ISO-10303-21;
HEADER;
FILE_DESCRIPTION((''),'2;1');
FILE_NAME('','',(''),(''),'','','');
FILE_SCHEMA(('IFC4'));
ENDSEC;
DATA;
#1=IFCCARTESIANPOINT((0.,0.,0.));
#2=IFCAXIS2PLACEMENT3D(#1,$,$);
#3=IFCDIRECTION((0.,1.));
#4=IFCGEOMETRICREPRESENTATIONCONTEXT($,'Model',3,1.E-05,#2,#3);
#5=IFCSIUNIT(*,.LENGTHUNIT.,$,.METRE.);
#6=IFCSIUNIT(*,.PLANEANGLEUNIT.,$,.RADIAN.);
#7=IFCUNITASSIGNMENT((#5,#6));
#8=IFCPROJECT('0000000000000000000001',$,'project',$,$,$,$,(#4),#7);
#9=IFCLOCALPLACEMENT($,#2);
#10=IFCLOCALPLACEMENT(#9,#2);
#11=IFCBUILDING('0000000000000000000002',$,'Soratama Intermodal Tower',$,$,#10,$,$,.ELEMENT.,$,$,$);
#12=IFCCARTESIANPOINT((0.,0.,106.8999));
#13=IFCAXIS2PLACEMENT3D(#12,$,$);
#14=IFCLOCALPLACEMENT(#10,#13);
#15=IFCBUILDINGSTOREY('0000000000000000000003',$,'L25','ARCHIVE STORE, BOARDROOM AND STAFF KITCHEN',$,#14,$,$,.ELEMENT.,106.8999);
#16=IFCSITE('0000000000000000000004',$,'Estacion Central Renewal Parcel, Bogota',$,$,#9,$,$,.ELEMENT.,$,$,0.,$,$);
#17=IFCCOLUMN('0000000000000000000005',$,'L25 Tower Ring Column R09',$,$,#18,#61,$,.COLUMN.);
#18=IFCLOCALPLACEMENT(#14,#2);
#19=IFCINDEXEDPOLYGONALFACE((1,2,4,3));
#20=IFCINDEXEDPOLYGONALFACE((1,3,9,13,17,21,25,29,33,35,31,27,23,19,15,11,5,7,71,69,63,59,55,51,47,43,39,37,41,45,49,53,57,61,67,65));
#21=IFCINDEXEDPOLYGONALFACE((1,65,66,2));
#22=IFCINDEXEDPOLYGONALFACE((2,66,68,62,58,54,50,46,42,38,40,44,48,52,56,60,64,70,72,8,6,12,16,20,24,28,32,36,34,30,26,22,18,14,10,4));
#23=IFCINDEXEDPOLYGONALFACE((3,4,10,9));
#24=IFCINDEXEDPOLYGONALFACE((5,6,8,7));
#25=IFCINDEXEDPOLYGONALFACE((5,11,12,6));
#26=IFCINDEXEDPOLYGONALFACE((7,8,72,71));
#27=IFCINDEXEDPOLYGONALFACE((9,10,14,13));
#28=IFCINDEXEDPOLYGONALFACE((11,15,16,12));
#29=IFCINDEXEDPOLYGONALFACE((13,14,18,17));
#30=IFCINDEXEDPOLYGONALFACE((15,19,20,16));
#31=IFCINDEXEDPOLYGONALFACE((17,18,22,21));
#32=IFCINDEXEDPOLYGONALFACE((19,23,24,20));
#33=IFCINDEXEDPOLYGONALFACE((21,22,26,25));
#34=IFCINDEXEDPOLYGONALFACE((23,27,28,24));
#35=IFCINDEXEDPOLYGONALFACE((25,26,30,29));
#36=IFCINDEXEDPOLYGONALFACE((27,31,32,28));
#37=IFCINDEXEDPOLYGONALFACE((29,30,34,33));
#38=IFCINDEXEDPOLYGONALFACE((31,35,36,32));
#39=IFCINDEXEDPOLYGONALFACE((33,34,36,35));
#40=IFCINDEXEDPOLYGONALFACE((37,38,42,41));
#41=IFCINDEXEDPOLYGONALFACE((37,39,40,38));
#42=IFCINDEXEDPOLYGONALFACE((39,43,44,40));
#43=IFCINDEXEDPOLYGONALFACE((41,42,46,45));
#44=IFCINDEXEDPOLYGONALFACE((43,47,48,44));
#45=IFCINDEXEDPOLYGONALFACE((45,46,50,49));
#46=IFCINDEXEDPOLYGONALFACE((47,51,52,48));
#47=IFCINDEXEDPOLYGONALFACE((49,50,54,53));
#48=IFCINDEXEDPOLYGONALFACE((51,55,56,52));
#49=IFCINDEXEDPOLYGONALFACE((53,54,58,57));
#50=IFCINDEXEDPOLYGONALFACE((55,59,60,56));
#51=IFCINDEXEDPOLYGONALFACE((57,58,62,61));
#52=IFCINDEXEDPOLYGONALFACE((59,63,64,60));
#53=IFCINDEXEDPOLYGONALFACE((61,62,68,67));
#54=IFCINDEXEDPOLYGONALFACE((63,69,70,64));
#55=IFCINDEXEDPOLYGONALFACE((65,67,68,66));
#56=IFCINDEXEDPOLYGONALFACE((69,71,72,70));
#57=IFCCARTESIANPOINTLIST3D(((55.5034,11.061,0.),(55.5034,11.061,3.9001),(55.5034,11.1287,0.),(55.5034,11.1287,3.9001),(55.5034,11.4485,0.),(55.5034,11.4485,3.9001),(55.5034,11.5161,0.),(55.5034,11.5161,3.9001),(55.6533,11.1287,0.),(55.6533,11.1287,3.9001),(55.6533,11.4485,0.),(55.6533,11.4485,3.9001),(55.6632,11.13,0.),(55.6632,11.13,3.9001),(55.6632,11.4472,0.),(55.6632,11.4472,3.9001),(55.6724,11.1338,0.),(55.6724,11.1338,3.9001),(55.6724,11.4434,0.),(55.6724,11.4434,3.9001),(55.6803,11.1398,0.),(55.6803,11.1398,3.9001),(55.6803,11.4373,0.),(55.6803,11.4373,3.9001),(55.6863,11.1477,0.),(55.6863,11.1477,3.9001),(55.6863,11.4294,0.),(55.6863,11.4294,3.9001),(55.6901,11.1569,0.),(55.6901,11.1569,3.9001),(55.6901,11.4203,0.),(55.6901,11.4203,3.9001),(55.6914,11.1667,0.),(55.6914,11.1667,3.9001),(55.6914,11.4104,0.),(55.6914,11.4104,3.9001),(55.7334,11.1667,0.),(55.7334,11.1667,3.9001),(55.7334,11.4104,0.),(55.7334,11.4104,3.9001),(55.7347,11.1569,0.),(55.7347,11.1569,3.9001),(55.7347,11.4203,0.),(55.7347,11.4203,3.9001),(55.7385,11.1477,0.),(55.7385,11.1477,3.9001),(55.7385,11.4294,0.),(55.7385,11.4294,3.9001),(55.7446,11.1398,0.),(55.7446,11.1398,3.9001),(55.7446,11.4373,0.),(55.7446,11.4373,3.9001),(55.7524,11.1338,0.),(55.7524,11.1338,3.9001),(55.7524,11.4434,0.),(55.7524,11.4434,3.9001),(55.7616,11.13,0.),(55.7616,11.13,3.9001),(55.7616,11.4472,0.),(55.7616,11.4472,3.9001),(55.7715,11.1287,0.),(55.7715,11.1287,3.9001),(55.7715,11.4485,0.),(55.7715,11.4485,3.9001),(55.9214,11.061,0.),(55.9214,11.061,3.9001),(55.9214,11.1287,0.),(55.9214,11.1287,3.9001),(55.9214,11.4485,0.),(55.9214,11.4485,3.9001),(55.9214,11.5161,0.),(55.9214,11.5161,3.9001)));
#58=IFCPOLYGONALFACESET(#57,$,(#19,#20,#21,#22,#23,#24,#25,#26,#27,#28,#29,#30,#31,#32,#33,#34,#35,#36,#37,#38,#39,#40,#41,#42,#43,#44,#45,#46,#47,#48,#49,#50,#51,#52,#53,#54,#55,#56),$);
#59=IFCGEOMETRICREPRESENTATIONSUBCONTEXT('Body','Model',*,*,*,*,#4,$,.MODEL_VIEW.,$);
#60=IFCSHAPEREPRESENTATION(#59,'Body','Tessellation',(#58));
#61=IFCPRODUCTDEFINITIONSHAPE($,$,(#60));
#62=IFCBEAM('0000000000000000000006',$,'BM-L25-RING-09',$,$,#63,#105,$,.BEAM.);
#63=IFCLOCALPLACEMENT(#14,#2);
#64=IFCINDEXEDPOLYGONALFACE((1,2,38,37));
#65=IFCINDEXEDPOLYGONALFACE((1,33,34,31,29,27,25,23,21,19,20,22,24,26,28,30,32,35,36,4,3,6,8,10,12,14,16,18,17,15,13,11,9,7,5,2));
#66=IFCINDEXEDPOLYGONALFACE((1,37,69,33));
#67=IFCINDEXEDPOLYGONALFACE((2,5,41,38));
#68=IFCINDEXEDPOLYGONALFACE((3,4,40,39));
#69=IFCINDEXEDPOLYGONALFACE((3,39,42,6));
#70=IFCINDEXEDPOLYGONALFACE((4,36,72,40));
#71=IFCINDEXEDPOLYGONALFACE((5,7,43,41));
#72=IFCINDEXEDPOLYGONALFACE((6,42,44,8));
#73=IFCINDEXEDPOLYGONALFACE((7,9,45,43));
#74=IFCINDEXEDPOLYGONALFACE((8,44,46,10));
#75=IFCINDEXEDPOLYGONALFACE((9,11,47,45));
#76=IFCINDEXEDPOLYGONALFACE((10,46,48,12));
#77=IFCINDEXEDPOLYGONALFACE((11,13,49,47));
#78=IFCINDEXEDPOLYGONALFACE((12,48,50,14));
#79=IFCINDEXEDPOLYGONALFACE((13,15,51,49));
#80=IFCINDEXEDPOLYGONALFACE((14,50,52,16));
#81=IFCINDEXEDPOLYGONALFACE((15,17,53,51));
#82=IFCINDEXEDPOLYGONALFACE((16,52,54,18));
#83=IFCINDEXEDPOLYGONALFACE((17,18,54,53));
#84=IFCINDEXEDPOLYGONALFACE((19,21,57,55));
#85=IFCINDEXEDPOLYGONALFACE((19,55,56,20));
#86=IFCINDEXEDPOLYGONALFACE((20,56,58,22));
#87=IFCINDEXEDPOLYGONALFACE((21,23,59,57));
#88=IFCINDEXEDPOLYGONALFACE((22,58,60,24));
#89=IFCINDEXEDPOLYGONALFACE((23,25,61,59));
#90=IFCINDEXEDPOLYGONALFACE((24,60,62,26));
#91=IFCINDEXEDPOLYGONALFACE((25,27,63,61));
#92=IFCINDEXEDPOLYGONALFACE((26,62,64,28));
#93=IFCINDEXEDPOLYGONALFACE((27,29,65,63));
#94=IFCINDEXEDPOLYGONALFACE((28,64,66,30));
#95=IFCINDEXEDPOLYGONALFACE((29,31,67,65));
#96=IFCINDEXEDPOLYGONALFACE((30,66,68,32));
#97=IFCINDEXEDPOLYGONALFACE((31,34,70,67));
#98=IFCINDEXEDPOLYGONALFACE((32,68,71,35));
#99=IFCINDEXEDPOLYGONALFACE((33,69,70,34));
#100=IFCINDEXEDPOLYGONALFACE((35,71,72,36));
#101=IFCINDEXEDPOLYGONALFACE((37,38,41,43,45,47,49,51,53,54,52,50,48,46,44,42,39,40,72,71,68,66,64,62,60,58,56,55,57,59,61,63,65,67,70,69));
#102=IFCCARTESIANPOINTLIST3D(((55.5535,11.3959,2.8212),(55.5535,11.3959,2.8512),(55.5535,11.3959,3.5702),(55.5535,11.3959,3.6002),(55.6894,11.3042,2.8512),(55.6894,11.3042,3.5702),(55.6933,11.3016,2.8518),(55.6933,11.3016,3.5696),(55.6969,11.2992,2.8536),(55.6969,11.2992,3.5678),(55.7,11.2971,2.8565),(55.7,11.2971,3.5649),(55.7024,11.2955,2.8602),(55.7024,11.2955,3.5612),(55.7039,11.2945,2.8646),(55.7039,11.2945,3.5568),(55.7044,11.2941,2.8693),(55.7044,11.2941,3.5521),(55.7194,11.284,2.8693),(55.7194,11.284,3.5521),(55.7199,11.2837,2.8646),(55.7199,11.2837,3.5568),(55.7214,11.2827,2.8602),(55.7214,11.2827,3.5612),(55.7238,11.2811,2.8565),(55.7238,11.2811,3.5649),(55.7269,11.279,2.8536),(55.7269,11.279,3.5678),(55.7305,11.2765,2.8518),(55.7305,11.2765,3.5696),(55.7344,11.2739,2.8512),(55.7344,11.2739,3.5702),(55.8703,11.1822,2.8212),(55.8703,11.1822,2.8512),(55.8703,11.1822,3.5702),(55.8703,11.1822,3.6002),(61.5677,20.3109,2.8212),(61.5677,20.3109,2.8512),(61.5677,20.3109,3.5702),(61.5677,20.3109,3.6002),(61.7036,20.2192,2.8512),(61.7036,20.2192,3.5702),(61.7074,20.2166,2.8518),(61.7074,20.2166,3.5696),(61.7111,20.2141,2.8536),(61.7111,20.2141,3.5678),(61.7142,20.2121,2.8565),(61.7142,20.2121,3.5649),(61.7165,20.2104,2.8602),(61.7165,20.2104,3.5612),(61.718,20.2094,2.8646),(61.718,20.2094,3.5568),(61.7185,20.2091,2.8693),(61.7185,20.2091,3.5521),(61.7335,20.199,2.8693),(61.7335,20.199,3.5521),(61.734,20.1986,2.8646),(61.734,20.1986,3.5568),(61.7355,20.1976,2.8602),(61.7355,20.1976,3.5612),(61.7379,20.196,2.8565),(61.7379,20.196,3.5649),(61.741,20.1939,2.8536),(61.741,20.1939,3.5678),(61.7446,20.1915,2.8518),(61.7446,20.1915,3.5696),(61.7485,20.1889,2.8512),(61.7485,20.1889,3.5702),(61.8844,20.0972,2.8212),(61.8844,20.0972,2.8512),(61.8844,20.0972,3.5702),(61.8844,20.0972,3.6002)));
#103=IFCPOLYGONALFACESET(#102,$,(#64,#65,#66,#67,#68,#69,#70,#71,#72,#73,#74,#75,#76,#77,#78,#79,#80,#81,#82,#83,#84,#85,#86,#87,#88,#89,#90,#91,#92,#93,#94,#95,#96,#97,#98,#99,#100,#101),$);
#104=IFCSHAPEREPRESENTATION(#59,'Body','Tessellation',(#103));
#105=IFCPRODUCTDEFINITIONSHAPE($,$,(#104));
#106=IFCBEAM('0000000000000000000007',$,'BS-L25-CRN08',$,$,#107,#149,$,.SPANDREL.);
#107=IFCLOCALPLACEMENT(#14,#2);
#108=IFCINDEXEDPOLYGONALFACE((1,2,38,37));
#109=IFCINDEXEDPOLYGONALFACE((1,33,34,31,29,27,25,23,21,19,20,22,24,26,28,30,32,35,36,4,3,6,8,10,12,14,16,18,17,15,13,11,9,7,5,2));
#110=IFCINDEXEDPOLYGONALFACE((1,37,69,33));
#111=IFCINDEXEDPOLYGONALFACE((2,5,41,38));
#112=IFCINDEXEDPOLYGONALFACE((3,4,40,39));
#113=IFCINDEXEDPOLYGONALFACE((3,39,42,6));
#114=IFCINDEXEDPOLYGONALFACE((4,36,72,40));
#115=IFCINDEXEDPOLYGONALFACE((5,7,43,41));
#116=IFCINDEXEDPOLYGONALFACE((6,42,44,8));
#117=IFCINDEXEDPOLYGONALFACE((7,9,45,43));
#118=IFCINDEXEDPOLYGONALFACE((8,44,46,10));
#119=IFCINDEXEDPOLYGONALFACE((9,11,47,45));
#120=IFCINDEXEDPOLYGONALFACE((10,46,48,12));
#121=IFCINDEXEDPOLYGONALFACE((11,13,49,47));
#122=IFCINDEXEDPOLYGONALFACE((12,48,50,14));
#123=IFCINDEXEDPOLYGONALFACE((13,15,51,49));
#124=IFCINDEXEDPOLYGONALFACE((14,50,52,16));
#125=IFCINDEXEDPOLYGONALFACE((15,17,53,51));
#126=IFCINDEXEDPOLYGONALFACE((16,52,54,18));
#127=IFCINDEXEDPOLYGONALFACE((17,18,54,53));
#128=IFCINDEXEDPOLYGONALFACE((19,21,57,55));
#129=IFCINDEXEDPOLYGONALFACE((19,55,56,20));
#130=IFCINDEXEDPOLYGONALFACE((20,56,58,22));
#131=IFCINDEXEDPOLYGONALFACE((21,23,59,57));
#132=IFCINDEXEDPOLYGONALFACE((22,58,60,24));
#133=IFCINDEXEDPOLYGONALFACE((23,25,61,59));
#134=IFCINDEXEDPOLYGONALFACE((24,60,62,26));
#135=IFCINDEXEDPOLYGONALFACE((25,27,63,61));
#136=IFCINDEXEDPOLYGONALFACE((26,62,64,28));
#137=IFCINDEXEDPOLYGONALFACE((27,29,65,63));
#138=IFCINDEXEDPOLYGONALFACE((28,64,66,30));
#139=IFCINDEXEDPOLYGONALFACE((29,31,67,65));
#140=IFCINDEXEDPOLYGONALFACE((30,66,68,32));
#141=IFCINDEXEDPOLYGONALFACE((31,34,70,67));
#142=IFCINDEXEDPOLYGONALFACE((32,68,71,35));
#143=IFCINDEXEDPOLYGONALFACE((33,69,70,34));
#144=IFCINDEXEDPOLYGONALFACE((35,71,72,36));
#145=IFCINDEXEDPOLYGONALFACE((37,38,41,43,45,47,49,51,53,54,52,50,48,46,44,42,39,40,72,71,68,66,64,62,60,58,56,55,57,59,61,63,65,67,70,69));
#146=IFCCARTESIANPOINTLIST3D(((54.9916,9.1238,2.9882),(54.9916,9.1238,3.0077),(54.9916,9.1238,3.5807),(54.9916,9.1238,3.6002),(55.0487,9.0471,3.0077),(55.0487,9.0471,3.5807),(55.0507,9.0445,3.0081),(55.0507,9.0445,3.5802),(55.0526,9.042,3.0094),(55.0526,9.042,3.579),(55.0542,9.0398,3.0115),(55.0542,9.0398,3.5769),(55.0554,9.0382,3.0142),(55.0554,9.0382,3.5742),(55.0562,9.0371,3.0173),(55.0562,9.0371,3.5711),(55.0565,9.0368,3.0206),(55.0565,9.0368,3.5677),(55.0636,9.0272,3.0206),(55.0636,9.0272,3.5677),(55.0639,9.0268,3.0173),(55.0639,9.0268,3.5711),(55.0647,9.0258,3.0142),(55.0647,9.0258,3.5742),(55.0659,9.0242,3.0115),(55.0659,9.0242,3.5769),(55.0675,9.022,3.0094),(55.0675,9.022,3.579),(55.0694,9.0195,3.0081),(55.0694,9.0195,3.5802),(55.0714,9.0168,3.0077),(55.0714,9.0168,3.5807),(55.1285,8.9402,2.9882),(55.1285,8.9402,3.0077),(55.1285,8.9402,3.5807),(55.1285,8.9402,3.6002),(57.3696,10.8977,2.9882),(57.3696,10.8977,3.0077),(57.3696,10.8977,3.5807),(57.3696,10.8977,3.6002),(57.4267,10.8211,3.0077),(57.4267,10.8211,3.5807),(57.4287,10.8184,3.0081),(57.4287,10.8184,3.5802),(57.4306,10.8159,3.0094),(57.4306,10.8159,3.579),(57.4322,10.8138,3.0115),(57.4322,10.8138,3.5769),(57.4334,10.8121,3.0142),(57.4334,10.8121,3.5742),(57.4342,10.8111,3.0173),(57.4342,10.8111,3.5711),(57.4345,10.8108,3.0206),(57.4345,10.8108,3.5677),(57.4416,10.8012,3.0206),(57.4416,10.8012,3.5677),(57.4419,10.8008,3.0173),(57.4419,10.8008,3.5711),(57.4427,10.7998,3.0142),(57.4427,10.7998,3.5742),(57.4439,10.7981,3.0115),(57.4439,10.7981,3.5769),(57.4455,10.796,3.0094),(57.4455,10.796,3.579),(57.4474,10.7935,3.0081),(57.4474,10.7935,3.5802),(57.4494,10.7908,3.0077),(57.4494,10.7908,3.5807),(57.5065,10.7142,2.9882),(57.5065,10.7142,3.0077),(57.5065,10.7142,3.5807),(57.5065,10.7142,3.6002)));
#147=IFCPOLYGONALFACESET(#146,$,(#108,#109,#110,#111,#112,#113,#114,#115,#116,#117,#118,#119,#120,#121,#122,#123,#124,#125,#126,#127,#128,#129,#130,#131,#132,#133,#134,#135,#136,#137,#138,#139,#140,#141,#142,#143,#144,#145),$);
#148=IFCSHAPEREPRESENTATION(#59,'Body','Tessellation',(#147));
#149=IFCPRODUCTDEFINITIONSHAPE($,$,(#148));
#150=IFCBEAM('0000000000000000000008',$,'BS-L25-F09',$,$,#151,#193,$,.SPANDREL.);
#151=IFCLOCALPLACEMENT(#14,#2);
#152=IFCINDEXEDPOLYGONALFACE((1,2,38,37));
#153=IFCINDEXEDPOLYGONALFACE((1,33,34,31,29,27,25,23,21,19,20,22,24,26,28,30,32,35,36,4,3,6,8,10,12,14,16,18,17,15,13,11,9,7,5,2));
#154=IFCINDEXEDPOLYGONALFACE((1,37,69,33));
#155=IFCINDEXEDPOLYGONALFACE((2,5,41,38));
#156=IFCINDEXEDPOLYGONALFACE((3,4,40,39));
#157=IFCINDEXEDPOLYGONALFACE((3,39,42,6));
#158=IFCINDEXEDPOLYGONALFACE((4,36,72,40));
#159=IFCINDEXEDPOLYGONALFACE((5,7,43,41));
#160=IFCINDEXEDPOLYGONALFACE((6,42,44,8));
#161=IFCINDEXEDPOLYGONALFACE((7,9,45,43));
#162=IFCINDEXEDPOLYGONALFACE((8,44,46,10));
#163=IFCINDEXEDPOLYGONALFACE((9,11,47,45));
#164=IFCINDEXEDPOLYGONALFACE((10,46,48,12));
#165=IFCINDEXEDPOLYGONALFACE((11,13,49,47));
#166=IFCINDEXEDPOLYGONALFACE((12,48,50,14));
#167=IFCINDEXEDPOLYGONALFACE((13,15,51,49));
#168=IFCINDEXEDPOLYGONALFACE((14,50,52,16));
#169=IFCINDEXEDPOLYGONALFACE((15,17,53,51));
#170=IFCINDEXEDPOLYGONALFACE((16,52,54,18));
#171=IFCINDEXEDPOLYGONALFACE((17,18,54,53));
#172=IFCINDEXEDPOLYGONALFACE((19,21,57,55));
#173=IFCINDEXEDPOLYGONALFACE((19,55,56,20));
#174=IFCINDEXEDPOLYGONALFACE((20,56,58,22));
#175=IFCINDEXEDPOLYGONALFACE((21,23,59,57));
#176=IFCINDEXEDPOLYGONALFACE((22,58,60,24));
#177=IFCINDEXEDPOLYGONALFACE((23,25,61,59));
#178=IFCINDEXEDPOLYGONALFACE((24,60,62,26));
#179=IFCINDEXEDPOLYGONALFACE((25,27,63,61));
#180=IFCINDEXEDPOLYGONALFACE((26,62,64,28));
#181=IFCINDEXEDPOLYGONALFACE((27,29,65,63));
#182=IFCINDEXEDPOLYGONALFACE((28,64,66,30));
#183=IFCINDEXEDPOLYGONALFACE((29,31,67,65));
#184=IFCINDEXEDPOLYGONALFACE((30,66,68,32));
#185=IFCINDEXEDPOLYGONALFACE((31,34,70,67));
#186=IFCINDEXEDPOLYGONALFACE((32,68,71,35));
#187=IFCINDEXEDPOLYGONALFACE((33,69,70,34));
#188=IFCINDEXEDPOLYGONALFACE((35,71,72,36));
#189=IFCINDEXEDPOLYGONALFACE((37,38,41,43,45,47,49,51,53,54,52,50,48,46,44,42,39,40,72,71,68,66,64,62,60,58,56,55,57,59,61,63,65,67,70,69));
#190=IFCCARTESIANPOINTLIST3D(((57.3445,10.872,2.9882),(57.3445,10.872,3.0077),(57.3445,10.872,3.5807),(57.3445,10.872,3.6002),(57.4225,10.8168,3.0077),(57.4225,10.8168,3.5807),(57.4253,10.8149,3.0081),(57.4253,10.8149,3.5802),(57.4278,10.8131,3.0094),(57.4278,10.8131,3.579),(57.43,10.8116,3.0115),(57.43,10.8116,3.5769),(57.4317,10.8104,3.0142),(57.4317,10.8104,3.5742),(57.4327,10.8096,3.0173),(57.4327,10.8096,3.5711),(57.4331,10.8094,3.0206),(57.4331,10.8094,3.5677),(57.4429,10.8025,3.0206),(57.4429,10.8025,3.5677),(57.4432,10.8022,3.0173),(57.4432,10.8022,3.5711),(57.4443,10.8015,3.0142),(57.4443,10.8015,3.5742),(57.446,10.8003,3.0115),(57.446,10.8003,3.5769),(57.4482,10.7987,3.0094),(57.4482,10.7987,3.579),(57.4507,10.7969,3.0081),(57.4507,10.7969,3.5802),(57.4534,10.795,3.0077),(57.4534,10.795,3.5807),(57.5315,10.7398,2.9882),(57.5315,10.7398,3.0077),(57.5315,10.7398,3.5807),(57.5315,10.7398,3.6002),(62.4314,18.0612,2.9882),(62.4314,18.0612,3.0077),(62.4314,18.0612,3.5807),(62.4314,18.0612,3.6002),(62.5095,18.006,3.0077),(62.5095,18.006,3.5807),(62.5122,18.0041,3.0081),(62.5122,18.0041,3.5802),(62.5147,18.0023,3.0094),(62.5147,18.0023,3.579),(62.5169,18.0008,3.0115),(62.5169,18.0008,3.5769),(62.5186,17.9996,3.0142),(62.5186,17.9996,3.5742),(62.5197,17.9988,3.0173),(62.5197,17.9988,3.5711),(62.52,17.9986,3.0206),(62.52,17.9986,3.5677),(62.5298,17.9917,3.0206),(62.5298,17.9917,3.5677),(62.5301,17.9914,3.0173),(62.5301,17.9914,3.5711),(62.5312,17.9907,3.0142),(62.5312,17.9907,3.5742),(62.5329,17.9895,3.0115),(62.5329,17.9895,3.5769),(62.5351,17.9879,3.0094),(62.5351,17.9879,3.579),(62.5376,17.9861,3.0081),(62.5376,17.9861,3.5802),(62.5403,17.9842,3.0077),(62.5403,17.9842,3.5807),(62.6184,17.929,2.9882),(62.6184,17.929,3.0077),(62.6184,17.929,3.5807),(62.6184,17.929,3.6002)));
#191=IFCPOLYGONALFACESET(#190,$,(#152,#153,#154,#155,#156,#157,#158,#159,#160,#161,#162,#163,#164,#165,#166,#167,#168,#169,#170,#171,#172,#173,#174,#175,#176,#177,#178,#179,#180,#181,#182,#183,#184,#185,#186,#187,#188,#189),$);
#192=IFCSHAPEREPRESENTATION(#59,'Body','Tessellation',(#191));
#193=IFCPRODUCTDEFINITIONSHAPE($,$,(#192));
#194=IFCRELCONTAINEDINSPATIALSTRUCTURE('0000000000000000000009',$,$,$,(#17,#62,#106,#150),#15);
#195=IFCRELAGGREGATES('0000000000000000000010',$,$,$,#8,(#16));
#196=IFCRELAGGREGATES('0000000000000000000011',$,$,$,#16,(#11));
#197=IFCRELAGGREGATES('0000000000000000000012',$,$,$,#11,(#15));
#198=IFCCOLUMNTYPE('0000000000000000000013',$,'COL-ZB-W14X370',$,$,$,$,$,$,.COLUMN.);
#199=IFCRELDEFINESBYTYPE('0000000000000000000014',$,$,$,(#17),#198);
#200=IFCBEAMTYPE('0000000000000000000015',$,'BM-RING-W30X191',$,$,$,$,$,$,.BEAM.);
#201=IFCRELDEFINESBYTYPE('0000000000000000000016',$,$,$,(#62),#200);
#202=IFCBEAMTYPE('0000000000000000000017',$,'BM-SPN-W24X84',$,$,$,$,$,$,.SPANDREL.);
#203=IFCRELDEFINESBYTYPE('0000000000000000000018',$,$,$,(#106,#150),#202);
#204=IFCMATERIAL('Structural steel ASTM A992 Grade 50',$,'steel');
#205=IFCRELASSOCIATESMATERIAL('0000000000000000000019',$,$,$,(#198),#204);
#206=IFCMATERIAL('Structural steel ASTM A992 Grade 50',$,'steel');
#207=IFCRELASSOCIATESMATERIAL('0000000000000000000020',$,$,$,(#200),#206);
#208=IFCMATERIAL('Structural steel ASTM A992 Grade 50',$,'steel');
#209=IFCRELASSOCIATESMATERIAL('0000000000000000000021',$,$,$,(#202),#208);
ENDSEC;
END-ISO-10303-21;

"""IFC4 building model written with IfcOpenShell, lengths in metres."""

from ifc_helpers import new_model, si_unit, direction, frame, origin, origin_2d, place, context, subcontext, project, spatial, i_section, extrude, material, material_profile, profile_set, type_object, element, save


model = new_model("IFC4")

# Units and contexts
model_context = context("Model", 3, precision=1e-05, world=origin(), true_north=direction((0.0, 1.0)))
body_context = subcontext(model_context, "Body", "Model", "MODEL_VIEW")
ifc_project = project(units=[si_unit("LENGTHUNIT", "METRE"), si_unit("PLANEANGLEUNIT", "RADIAN")], contexts=[model_context])

# Site, building, storey
site_placement = place(None, origin())
site = spatial("IfcSite", under=ifc_project, at=site_placement, Name="Estacion Central Renewal Parcel, Bogota", CompositionType="ELEMENT", RefElevation=0.0)
building_placement = place(site_placement, origin())
building = spatial("IfcBuilding", under=site, at=building_placement, Name="Soratama Intermodal Tower", CompositionType="ELEMENT")
storey_placement = place(building_placement, frame((0.0, 0.0, 106.8999)))
storey = spatial("IfcBuildingStorey", under=building, at=storey_placement, Name="L25", Description="ARCHIVE STORE, BOARDROOM AND STAFF KITCHEN", CompositionType="ELEMENT", Elevation=106.8999)

# Column
ifc_material_1 = material(Name="Structural steel ASTM A992 Grade 50", Category="steel")
ifc_material_profile_1 = material_profile(ifc_material_1, i_section(OverallWidth=0.418, OverallDepth=0.4551, WebThickness=0.042, FlangeThickness=0.0676, FilletRadius=0.0381, at=origin_2d()), Name="W14X370")
ifc_profile_set_1 = profile_set([ifc_material_profile_1], Name="Structural steel ASTM A992 Grade 50")
column_type = type_object("IfcColumnType", Name="COL-ZB-W14X370", PredefinedType="COLUMN", material=ifc_profile_set_1)
column_placement = place(storey_placement, frame((55.7124, 11.2886, 0.0), z_axis=(0.0, 0.0, 1.0), x_axis=(1.0, 0.0, 0.0)))
element("IfcColumn", 1, at=column_placement, inside=storey, type_object=column_type, Name="L25 Tower Ring Column R09", PredefinedType="COLUMN", context=body_context, shape_type="SweptSolid", body=[
    extrude(i_section(OverallWidth=0.418, OverallDepth=0.4551, WebThickness=0.042, FlangeThickness=0.0676, FilletRadius=0.0381, at=origin_2d()), origin(), (0.0, 0.0, 1.0), 3.9001),
])

# Beams
ifc_material_2 = material(Name="Structural steel ASTM A992 Grade 50", Category="steel")
ifc_material_profile_2 = material_profile(ifc_material_2, i_section(OverallWidth=0.3821, OverallDepth=0.7791, WebThickness=0.0181, FlangeThickness=0.03, FilletRadius=0.0181, at=origin_2d()), Name="W30X191")
ifc_profile_set_2 = profile_set([ifc_material_profile_2], Name="Structural steel ASTM A992 Grade 50")
beam_type_1 = type_object("IfcBeamType", Name="BM-RING-W30X191", PredefinedType="BEAM", material=ifc_profile_set_2)
beam_1_placement = place(storey_placement, frame((55.7119, 11.2891, 3.2107), z_axis=(0.55925, 0.828999, 0.0), x_axis=(-0.828999, 0.55925, 0.0)))
element("IfcBeam", 2, at=beam_1_placement, inside=storey, type_object=beam_type_1, Name="BM-L25-RING-09", PredefinedType="BEAM", context=body_context, shape_type="SweptSolid", body=[
    extrude(i_section(OverallWidth=0.3821, OverallDepth=0.7791, WebThickness=0.0181, FlangeThickness=0.03, FilletRadius=0.0181, at=origin_2d()), origin(), (0.0, 0.0, 1.0), 10.7539),
])
ifc_material_3 = material(Name="Structural steel ASTM A992 Grade 50", Category="steel")
ifc_material_profile_3 = material_profile(ifc_material_3, i_section(OverallWidth=0.229, OverallDepth=0.6121, WebThickness=0.012, FlangeThickness=0.0195, FilletRadius=0.0129, at=origin_2d()), Name="W24X84")
ifc_profile_set_3 = profile_set([ifc_material_profile_3], Name="Structural steel ASTM A992 Grade 50")
beam_type_2 = type_object("IfcBeamType", Name="BM-SPN-W24X84", PredefinedType="SPANDREL", material=ifc_profile_set_3)
beam_2_placement = place(storey_placement, frame((55.0601, 9.032, 3.2942), z_axis=(0.801538, 0.597944, 0.0), x_axis=(-0.597944, 0.801538, 0.0)))
element("IfcBeam", 3, at=beam_2_placement, inside=storey, type_object=beam_type_2, Name="BS-L25-CRN08", PredefinedType="SPANDREL", context=body_context, shape_type="SweptSolid", body=[
    extrude(i_section(OverallWidth=0.229, OverallDepth=0.6121, WebThickness=0.012, FlangeThickness=0.0195, FilletRadius=0.0129, at=origin_2d()), origin(), (0.0, 0.0, 1.0), 2.9668),
])
beam_3_placement = place(storey_placement, frame((57.438, 10.8059, 3.2942), z_axis=(0.577606, 0.816316, 0.0), x_axis=(-0.816316, 0.577606, 0.0)))
element("IfcBeam", 4, at=beam_3_placement, inside=storey, type_object=beam_type_2, Name="BS-L25-F09", PredefinedType="SPANDREL", context=body_context, shape_type="SweptSolid", body=[
    extrude(i_section(OverallWidth=0.229, OverallDepth=0.6121, WebThickness=0.012, FlangeThickness=0.0195, FilletRadius=0.0129, at=origin_2d()), origin(), (0.0, 0.0, 1.0), 8.8069),
])

save(model, "model.ifc")
